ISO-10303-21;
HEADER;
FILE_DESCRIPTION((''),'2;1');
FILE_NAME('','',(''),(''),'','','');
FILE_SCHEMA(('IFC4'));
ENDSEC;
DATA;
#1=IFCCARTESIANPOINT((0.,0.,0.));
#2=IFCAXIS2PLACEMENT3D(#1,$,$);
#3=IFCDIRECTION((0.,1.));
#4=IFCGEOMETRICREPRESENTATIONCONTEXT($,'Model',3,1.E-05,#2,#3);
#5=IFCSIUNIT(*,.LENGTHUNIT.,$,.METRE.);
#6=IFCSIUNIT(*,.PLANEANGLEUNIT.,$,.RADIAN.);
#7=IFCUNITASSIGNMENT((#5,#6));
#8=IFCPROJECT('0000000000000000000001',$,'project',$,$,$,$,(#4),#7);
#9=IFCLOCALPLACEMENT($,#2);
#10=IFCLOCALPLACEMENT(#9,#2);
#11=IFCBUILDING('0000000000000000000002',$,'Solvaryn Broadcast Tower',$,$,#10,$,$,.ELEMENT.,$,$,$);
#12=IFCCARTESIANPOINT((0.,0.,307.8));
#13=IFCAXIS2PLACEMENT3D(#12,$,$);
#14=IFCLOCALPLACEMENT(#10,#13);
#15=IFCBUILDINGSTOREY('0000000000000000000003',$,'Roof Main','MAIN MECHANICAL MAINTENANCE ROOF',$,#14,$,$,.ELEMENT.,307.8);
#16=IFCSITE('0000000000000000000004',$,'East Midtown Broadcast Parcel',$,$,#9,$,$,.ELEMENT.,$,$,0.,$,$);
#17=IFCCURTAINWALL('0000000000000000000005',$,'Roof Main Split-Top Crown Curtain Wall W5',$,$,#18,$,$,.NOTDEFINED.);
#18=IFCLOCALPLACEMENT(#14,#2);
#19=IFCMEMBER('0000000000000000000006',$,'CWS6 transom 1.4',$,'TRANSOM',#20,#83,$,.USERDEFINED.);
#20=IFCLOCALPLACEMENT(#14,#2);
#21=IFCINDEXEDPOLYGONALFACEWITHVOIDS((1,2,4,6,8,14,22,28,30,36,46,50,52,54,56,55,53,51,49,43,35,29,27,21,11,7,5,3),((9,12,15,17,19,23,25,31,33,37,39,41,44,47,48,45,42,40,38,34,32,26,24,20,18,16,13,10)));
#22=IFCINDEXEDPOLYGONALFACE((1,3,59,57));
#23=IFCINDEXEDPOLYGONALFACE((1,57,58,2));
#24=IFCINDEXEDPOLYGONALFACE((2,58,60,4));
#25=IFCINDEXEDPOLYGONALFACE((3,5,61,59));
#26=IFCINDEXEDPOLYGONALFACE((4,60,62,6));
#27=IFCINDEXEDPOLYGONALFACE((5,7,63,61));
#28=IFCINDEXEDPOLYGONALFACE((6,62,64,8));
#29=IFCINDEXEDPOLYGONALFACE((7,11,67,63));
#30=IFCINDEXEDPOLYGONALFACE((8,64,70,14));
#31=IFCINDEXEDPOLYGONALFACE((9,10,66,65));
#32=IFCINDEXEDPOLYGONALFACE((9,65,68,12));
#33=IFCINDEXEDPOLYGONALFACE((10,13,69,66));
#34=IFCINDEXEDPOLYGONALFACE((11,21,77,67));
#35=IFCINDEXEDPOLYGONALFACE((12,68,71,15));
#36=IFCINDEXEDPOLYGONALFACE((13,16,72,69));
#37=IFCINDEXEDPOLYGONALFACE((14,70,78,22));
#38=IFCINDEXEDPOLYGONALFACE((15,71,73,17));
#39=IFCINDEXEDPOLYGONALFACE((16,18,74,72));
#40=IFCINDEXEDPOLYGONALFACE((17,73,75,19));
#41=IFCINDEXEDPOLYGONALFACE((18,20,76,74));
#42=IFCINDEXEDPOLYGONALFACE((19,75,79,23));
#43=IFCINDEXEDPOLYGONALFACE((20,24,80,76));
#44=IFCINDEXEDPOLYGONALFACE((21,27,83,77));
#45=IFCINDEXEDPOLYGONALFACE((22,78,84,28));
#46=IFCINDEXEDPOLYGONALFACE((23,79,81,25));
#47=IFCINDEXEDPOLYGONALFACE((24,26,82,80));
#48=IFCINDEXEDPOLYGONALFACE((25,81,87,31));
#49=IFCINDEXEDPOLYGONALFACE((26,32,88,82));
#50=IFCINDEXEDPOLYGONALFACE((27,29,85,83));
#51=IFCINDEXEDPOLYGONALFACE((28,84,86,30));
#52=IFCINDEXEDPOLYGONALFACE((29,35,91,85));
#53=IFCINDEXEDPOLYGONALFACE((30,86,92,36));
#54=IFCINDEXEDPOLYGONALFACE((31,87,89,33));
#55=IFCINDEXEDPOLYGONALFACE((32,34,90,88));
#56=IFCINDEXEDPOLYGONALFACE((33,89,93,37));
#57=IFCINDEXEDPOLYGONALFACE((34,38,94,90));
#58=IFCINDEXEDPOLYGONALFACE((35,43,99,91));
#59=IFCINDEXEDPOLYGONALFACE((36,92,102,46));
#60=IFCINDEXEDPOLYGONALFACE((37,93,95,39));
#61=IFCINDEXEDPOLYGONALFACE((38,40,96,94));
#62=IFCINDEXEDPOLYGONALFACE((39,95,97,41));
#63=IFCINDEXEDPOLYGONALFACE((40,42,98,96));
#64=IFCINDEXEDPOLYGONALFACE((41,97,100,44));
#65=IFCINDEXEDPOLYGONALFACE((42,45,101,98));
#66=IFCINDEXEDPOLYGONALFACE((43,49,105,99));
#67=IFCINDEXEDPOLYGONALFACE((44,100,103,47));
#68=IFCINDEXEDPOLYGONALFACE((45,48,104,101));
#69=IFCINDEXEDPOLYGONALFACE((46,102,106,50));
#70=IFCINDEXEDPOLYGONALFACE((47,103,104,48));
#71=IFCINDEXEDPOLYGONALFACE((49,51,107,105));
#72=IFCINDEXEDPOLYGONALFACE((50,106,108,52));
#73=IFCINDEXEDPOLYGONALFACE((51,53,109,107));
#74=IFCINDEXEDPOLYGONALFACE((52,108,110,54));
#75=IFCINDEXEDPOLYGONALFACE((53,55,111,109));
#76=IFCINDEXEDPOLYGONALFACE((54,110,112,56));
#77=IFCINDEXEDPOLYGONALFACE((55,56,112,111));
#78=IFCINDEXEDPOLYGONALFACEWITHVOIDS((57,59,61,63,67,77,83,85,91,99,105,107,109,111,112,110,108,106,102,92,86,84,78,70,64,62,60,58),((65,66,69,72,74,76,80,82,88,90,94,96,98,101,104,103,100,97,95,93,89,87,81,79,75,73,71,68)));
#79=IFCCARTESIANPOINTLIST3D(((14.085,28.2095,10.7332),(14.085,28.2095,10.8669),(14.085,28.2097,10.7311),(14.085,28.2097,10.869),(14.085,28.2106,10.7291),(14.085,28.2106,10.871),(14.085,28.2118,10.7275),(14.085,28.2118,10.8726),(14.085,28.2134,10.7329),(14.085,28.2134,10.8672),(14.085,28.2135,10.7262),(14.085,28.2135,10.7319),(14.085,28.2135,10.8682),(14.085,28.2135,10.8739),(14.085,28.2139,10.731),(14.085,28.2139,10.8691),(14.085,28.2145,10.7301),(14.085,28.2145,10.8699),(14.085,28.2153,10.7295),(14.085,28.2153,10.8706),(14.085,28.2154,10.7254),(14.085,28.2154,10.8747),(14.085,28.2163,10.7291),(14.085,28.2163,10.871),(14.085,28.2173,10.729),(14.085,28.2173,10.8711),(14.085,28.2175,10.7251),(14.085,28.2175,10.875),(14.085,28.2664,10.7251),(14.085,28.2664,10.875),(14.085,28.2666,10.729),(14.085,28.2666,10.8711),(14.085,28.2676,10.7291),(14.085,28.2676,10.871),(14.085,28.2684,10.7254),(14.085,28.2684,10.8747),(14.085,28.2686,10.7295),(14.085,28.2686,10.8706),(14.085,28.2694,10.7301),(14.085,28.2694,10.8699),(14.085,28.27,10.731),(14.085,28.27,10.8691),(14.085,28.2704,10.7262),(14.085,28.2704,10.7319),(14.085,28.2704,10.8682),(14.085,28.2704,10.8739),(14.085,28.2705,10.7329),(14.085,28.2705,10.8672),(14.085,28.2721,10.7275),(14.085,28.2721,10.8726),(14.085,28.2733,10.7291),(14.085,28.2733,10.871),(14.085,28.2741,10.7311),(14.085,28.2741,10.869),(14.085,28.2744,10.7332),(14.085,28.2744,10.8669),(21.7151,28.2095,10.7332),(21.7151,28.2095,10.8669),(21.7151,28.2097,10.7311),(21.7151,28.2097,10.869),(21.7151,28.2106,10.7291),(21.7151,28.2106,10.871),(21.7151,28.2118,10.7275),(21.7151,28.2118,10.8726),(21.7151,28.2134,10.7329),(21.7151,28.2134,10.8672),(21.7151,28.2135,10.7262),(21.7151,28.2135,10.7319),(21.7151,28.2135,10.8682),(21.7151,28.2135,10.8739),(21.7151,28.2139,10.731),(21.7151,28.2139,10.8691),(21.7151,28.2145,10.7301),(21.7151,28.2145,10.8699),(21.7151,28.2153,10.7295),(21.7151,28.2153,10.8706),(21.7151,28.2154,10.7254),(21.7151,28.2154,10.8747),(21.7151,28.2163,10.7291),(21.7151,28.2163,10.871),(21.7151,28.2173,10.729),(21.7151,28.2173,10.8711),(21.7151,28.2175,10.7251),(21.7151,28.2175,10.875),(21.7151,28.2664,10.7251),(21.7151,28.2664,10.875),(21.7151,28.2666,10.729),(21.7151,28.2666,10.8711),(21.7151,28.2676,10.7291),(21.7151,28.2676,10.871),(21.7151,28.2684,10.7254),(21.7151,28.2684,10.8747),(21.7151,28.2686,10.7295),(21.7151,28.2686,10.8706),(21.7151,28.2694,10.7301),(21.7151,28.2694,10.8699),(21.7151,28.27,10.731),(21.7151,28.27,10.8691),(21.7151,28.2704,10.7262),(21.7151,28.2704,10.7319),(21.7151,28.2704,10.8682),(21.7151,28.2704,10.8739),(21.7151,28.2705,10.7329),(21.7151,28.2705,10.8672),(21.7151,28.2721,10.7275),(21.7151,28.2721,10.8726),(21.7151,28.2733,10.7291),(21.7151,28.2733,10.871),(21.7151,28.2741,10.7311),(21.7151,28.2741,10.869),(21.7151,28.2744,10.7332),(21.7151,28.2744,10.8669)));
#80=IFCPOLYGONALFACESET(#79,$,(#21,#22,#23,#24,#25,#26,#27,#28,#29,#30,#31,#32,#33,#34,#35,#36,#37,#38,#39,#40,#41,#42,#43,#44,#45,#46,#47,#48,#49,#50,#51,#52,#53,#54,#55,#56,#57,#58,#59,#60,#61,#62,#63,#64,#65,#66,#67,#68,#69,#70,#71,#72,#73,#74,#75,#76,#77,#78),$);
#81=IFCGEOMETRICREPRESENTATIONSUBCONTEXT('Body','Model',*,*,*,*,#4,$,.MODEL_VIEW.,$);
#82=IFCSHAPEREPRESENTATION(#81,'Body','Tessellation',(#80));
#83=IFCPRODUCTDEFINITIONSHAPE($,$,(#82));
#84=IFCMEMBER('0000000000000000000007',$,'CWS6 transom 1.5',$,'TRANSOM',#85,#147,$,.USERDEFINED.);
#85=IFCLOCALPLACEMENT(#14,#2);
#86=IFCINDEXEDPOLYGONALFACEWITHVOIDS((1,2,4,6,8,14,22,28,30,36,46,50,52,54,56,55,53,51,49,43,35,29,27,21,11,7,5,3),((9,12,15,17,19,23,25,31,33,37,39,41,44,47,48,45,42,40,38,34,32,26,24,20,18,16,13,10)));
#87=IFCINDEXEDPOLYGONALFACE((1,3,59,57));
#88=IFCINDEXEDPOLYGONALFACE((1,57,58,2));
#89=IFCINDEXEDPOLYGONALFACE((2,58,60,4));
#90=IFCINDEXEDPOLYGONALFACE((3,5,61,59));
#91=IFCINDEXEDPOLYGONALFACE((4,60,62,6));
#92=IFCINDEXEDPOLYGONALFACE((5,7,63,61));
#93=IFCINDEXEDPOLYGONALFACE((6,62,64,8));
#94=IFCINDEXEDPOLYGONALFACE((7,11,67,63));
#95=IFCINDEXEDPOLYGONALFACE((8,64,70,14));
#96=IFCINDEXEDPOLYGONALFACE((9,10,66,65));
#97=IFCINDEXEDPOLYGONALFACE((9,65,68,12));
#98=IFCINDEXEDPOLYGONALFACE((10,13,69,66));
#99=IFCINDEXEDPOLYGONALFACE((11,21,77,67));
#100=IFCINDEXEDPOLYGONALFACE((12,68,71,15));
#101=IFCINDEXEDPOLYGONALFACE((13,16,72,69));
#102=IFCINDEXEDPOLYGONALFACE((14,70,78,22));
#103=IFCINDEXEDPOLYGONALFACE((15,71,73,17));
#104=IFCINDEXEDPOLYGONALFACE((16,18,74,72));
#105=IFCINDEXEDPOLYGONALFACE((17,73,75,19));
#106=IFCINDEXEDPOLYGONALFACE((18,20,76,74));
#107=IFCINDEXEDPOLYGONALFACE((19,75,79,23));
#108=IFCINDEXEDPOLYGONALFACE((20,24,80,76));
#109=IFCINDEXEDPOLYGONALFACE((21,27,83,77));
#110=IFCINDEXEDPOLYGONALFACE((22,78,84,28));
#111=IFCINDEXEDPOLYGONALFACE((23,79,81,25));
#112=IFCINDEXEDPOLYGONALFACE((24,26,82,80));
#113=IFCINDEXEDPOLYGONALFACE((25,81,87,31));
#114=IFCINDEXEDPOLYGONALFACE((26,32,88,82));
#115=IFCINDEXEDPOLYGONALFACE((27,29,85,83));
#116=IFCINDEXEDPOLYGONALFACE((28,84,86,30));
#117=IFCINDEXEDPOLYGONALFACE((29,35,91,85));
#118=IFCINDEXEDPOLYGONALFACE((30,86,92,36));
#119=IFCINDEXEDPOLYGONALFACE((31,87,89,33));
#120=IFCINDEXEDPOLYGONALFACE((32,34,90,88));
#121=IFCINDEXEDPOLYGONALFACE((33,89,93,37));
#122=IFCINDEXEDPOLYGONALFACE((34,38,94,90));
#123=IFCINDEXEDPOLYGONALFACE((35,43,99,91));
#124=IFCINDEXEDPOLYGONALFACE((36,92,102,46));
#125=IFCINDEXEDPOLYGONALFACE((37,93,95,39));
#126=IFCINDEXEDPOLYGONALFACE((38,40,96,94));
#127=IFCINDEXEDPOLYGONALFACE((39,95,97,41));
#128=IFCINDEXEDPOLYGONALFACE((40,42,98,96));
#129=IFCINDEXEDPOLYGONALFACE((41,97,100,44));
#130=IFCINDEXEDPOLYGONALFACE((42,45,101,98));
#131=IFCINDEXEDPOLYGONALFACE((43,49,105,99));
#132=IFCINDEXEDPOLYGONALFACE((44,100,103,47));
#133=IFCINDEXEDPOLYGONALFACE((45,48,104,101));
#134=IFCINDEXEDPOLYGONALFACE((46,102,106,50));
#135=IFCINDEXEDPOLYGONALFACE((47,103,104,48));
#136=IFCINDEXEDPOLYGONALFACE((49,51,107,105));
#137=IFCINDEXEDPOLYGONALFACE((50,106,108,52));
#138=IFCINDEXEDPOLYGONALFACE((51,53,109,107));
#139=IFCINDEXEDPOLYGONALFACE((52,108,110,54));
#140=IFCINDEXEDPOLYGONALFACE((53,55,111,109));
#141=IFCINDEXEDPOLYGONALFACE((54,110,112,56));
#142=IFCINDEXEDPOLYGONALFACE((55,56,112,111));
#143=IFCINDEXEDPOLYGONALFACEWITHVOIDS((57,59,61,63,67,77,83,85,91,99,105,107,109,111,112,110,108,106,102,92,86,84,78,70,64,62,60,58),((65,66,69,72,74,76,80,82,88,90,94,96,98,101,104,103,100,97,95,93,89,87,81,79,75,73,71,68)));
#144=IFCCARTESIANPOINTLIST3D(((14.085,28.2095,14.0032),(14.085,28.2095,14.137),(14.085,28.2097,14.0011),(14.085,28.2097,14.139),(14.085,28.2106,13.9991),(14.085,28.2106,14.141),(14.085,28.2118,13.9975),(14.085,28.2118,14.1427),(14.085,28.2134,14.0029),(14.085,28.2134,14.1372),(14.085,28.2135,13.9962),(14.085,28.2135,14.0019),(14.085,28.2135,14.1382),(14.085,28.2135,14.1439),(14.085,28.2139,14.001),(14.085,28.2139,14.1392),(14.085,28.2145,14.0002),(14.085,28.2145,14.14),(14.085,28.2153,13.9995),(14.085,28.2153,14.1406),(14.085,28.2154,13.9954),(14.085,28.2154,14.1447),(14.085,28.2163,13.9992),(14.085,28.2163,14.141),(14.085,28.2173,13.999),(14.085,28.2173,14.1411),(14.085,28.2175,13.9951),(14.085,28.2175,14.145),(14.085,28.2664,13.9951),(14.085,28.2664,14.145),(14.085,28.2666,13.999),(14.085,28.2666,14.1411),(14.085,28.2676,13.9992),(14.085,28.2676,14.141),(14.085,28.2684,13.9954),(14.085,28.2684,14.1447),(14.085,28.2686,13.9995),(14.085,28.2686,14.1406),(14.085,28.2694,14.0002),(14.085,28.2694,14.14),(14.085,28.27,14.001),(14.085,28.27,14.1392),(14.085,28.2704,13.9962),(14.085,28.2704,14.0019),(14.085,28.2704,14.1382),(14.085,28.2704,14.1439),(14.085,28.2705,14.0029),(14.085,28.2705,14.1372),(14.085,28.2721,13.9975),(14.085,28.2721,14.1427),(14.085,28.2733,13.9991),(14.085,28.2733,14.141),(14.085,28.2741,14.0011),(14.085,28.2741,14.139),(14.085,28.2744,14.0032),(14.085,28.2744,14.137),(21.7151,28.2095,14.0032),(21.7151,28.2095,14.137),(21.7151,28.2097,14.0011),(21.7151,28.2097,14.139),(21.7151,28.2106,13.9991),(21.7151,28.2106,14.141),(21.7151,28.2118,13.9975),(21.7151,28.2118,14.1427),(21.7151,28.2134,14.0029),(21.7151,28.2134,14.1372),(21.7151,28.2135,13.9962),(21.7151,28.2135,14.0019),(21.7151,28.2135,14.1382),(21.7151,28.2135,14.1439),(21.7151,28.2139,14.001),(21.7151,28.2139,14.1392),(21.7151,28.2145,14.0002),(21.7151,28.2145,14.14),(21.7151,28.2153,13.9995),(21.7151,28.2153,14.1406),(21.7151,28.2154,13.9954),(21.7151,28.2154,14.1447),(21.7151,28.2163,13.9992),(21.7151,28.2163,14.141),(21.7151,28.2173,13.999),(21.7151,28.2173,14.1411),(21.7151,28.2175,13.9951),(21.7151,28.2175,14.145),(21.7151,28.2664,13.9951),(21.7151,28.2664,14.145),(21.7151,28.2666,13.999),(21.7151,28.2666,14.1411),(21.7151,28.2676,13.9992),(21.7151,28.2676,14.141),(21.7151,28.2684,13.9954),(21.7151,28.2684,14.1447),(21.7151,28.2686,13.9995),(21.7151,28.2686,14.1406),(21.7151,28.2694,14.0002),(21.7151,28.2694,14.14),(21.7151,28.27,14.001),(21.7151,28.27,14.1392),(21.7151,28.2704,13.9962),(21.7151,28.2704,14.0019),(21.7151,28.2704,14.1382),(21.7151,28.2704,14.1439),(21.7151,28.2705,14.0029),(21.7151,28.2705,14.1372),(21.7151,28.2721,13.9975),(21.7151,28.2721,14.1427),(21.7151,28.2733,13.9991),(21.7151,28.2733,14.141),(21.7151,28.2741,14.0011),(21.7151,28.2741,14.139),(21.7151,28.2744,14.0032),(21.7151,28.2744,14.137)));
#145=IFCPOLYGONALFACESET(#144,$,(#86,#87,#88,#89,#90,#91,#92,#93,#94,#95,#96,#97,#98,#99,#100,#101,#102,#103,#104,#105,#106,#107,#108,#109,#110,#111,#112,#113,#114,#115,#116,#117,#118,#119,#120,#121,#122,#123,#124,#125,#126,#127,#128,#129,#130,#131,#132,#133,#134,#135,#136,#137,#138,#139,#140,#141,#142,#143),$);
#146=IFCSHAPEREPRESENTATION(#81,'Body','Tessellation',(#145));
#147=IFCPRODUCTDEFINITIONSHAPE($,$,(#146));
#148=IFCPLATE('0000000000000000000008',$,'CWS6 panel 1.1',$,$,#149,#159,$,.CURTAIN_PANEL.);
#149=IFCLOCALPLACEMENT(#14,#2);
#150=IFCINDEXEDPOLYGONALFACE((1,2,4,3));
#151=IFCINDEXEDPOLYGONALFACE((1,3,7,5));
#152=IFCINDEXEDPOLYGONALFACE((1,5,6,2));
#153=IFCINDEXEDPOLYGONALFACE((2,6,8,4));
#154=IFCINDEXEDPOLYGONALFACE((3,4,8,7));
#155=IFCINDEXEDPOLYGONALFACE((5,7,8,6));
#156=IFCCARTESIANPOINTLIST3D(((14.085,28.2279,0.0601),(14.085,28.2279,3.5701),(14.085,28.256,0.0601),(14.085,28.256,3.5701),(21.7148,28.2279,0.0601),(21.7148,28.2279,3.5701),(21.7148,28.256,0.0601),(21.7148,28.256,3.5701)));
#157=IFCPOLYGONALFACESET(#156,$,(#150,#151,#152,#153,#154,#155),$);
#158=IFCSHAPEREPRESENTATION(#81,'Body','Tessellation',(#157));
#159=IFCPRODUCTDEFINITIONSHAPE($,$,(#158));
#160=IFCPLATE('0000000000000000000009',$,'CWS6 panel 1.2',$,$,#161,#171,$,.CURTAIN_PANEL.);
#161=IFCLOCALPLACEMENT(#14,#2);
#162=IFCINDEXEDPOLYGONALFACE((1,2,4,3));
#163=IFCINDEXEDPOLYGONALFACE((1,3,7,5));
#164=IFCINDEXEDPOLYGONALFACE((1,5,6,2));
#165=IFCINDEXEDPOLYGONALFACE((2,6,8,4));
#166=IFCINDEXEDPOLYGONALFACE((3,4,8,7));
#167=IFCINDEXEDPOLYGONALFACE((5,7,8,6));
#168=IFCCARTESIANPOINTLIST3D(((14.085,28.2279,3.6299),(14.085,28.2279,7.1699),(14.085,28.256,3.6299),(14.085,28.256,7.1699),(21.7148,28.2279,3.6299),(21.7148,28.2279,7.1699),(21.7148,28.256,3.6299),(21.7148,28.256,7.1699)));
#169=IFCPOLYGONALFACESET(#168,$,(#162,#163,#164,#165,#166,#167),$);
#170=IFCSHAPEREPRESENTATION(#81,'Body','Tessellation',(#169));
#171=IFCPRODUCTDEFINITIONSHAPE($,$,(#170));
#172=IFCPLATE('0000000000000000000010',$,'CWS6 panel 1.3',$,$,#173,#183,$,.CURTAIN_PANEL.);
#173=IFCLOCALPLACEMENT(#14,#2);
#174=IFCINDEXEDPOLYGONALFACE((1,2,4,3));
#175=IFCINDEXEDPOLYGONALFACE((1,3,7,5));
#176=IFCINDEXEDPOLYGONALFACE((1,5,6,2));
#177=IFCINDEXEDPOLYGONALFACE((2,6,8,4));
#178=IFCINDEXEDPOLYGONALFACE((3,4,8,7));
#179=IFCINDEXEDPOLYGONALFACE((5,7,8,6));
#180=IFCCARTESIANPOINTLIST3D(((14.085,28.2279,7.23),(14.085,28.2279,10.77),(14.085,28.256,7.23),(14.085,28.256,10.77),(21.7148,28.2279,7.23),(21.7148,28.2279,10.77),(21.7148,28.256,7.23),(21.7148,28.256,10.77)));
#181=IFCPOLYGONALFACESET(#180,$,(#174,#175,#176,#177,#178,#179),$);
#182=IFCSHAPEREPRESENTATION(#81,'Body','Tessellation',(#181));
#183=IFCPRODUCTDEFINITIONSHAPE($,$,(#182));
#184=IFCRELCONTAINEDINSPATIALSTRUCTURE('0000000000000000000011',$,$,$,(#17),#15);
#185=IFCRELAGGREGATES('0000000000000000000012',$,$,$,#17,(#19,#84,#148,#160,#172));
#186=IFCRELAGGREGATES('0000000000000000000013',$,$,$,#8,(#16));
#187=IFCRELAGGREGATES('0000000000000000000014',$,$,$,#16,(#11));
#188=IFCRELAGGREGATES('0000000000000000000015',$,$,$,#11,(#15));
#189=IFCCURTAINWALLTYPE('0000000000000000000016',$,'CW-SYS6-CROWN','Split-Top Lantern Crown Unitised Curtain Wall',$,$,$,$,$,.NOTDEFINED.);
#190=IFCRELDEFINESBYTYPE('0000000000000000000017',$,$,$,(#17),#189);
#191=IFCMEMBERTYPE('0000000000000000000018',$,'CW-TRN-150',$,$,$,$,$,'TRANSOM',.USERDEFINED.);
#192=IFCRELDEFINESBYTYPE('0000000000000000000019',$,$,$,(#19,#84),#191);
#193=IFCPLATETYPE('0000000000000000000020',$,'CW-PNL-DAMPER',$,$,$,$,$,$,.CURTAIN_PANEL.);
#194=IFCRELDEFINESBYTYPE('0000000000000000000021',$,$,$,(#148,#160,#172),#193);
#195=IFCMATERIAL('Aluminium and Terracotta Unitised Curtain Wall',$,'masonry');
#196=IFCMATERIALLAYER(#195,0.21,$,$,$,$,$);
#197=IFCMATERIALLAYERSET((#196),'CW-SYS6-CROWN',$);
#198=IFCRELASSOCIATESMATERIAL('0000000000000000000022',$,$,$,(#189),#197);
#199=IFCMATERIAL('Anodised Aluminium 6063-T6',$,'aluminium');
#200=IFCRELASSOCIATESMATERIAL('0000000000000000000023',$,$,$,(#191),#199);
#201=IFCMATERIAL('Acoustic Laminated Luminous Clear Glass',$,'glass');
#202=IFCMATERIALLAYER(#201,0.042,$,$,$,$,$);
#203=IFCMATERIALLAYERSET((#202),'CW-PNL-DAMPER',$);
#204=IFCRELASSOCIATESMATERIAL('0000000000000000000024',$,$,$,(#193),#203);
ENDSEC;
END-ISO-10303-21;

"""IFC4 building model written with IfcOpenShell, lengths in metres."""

from ifc_helpers import new_model, si_unit, direction, frame, origin, origin_2d, place, context, subcontext, project, spatial, rectangle, hollow_rectangle, extrude, material, layer, layer_set, material_profile, profile_set, type_object, element, aggregate, save


model = new_model("IFC4")

# Units and contexts
model_context = context("Model", 3, precision=1e-05, world=origin(), true_north=direction((0.0, 1.0)))
body_context = subcontext(model_context, "Body", "Model", "MODEL_VIEW")
ifc_project = project(units=[si_unit("LENGTHUNIT", "METRE"), si_unit("PLANEANGLEUNIT", "RADIAN")], contexts=[model_context])

# Site, building, storey
site_placement = place(None, origin())
site = spatial("IfcSite", under=ifc_project, at=site_placement, Name="East Midtown Broadcast Parcel", CompositionType="ELEMENT", RefElevation=0.0)
building_placement = place(site_placement, origin())
building = spatial("IfcBuilding", under=site, at=building_placement, Name="Solvaryn Broadcast Tower", CompositionType="ELEMENT")
storey_placement = place(building_placement, frame((0.0, 0.0, 307.8)))
storey = spatial("IfcBuildingStorey", under=building, at=storey_placement, Name="Roof Main", Description="MAIN MECHANICAL MAINTENANCE ROOF", CompositionType="ELEMENT", Elevation=307.8)

# Curtain wall, members, plates
ifc_material_1 = material(Name="Aluminium and Terracotta Unitised Curtain Wall", Category="masonry")
ifc_layer_1 = layer(ifc_material_1, 0.21)
ifc_layer_set_1 = layer_set([ifc_layer_1], Name="CW-SYS6-CROWN")
curtain_wall_type = type_object("IfcCurtainWallType", Name="CW-SYS6-CROWN", Description="Split-Top Lantern Crown Unitised Curtain Wall", PredefinedType="NOTDEFINED", material=ifc_layer_set_1)
curtain_wall_placement = place(storey_placement, origin())
curtain_wall = element("IfcCurtainWall", 1, at=curtain_wall_placement, inside=storey, type_object=curtain_wall_type, Name="Roof Main Split-Top Crown Curtain Wall W5", PredefinedType="NOTDEFINED")
ifc_material_2 = material(Name="Anodised Aluminium 6063-T6", Category="aluminium")
ifc_material_profile_1 = material_profile(ifc_material_2, hollow_rectangle(XDim=0.0649, YDim=0.1499, WallThickness=0.0039, InnerFilletRadius=0.0039, OuterFilletRadius=0.0081, at=origin_2d()))
ifc_profile_set_1 = profile_set([ifc_material_profile_1], Name="Anodised Aluminium 6063-T6")
member_type_1 = type_object("IfcMemberType", Name="CW-TRN-150", ElementType="TRANSOM", PredefinedType="USERDEFINED", material=ifc_profile_set_1)
member_1_placement = place(storey_placement, frame((14.085, 28.2419, 10.8), z_axis=(1.0, 0.0, 0.0), x_axis=(0.0, 1.0, 0.0)))
member_1 = element("IfcMember", 2, at=member_1_placement, type_object=member_type_1, Name="CWS6 transom 1.4", ObjectType="TRANSOM", PredefinedType="USERDEFINED", context=body_context, shape_type="SweptSolid", body=[
    extrude(hollow_rectangle(XDim=0.0649, YDim=0.1499, WallThickness=0.0039, InnerFilletRadius=0.0039, OuterFilletRadius=0.0081, at=origin_2d()), origin(), (0.0, 0.0, 1.0), 7.6301),
])
member_2_placement = place(storey_placement, frame((14.085, 28.2419, 14.0701), z_axis=(1.0, 0.0, 0.0), x_axis=(0.0, 1.0, 0.0)))
member_2 = element("IfcMember", 3, at=member_2_placement, type_object=member_type_1, Name="CWS6 transom 1.5", ObjectType="TRANSOM", PredefinedType="USERDEFINED", context=body_context, shape_type="SweptSolid", body=[
    extrude(hollow_rectangle(XDim=0.0649, YDim=0.1499, WallThickness=0.0039, InnerFilletRadius=0.0039, OuterFilletRadius=0.0081, at=origin_2d()), origin(), (0.0, 0.0, 1.0), 7.6301),
])
ifc_material_3 = material(Name="Acoustic Laminated Luminous Clear Glass", Category="glass")
ifc_layer_2 = layer(ifc_material_3, 0.042)
ifc_layer_set_2 = layer_set([ifc_layer_2], Name="CW-PNL-DAMPER")
plate_type = type_object("IfcPlateType", Name="CW-PNL-DAMPER", PredefinedType="CURTAIN_PANEL", material=ifc_layer_set_2)
plate_1_placement = place(storey_placement, frame((17.8999, 28.2419, 0.0601), z_axis=(0.0, 0.0, 1.0), x_axis=(1.0, 0.0, 0.0)))
plate_1 = element("IfcPlate", 4, at=plate_1_placement, type_object=plate_type, Name="CWS6 panel 1.1", PredefinedType="CURTAIN_PANEL", context=body_context, shape_type="SweptSolid", body=[
    extrude(rectangle(XDim=7.6299, YDim=0.0281, at=origin_2d()), origin(), (0.0, 0.0, 1.0), 3.51),
])
plate_2_placement = place(storey_placement, frame((17.8999, 28.2419, 3.6299), z_axis=(0.0, 0.0, 1.0), x_axis=(1.0, 0.0, 0.0)))
plate_2 = element("IfcPlate", 5, at=plate_2_placement, type_object=plate_type, Name="CWS6 panel 1.2", PredefinedType="CURTAIN_PANEL", context=body_context, shape_type="SweptSolid", body=[
    extrude(rectangle(XDim=7.6299, YDim=0.0281, at=origin_2d()), origin(), (0.0, 0.0, 1.0), 3.54),
])
plate_3_placement = place(storey_placement, frame((17.8999, 28.2419, 7.23), z_axis=(0.0, 0.0, 1.0), x_axis=(1.0, 0.0, 0.0)))
plate_3 = element("IfcPlate", 6, at=plate_3_placement, type_object=plate_type, Name="CWS6 panel 1.3", PredefinedType="CURTAIN_PANEL", context=body_context, shape_type="SweptSolid", body=[
    extrude(rectangle(XDim=7.6299, YDim=0.0281, at=origin_2d()), origin(), (0.0, 0.0, 1.0), 3.54),
])
aggregate(curtain_wall, [member_1, member_2, plate_1, plate_2, plate_3])

save(model, "model.ifc")
